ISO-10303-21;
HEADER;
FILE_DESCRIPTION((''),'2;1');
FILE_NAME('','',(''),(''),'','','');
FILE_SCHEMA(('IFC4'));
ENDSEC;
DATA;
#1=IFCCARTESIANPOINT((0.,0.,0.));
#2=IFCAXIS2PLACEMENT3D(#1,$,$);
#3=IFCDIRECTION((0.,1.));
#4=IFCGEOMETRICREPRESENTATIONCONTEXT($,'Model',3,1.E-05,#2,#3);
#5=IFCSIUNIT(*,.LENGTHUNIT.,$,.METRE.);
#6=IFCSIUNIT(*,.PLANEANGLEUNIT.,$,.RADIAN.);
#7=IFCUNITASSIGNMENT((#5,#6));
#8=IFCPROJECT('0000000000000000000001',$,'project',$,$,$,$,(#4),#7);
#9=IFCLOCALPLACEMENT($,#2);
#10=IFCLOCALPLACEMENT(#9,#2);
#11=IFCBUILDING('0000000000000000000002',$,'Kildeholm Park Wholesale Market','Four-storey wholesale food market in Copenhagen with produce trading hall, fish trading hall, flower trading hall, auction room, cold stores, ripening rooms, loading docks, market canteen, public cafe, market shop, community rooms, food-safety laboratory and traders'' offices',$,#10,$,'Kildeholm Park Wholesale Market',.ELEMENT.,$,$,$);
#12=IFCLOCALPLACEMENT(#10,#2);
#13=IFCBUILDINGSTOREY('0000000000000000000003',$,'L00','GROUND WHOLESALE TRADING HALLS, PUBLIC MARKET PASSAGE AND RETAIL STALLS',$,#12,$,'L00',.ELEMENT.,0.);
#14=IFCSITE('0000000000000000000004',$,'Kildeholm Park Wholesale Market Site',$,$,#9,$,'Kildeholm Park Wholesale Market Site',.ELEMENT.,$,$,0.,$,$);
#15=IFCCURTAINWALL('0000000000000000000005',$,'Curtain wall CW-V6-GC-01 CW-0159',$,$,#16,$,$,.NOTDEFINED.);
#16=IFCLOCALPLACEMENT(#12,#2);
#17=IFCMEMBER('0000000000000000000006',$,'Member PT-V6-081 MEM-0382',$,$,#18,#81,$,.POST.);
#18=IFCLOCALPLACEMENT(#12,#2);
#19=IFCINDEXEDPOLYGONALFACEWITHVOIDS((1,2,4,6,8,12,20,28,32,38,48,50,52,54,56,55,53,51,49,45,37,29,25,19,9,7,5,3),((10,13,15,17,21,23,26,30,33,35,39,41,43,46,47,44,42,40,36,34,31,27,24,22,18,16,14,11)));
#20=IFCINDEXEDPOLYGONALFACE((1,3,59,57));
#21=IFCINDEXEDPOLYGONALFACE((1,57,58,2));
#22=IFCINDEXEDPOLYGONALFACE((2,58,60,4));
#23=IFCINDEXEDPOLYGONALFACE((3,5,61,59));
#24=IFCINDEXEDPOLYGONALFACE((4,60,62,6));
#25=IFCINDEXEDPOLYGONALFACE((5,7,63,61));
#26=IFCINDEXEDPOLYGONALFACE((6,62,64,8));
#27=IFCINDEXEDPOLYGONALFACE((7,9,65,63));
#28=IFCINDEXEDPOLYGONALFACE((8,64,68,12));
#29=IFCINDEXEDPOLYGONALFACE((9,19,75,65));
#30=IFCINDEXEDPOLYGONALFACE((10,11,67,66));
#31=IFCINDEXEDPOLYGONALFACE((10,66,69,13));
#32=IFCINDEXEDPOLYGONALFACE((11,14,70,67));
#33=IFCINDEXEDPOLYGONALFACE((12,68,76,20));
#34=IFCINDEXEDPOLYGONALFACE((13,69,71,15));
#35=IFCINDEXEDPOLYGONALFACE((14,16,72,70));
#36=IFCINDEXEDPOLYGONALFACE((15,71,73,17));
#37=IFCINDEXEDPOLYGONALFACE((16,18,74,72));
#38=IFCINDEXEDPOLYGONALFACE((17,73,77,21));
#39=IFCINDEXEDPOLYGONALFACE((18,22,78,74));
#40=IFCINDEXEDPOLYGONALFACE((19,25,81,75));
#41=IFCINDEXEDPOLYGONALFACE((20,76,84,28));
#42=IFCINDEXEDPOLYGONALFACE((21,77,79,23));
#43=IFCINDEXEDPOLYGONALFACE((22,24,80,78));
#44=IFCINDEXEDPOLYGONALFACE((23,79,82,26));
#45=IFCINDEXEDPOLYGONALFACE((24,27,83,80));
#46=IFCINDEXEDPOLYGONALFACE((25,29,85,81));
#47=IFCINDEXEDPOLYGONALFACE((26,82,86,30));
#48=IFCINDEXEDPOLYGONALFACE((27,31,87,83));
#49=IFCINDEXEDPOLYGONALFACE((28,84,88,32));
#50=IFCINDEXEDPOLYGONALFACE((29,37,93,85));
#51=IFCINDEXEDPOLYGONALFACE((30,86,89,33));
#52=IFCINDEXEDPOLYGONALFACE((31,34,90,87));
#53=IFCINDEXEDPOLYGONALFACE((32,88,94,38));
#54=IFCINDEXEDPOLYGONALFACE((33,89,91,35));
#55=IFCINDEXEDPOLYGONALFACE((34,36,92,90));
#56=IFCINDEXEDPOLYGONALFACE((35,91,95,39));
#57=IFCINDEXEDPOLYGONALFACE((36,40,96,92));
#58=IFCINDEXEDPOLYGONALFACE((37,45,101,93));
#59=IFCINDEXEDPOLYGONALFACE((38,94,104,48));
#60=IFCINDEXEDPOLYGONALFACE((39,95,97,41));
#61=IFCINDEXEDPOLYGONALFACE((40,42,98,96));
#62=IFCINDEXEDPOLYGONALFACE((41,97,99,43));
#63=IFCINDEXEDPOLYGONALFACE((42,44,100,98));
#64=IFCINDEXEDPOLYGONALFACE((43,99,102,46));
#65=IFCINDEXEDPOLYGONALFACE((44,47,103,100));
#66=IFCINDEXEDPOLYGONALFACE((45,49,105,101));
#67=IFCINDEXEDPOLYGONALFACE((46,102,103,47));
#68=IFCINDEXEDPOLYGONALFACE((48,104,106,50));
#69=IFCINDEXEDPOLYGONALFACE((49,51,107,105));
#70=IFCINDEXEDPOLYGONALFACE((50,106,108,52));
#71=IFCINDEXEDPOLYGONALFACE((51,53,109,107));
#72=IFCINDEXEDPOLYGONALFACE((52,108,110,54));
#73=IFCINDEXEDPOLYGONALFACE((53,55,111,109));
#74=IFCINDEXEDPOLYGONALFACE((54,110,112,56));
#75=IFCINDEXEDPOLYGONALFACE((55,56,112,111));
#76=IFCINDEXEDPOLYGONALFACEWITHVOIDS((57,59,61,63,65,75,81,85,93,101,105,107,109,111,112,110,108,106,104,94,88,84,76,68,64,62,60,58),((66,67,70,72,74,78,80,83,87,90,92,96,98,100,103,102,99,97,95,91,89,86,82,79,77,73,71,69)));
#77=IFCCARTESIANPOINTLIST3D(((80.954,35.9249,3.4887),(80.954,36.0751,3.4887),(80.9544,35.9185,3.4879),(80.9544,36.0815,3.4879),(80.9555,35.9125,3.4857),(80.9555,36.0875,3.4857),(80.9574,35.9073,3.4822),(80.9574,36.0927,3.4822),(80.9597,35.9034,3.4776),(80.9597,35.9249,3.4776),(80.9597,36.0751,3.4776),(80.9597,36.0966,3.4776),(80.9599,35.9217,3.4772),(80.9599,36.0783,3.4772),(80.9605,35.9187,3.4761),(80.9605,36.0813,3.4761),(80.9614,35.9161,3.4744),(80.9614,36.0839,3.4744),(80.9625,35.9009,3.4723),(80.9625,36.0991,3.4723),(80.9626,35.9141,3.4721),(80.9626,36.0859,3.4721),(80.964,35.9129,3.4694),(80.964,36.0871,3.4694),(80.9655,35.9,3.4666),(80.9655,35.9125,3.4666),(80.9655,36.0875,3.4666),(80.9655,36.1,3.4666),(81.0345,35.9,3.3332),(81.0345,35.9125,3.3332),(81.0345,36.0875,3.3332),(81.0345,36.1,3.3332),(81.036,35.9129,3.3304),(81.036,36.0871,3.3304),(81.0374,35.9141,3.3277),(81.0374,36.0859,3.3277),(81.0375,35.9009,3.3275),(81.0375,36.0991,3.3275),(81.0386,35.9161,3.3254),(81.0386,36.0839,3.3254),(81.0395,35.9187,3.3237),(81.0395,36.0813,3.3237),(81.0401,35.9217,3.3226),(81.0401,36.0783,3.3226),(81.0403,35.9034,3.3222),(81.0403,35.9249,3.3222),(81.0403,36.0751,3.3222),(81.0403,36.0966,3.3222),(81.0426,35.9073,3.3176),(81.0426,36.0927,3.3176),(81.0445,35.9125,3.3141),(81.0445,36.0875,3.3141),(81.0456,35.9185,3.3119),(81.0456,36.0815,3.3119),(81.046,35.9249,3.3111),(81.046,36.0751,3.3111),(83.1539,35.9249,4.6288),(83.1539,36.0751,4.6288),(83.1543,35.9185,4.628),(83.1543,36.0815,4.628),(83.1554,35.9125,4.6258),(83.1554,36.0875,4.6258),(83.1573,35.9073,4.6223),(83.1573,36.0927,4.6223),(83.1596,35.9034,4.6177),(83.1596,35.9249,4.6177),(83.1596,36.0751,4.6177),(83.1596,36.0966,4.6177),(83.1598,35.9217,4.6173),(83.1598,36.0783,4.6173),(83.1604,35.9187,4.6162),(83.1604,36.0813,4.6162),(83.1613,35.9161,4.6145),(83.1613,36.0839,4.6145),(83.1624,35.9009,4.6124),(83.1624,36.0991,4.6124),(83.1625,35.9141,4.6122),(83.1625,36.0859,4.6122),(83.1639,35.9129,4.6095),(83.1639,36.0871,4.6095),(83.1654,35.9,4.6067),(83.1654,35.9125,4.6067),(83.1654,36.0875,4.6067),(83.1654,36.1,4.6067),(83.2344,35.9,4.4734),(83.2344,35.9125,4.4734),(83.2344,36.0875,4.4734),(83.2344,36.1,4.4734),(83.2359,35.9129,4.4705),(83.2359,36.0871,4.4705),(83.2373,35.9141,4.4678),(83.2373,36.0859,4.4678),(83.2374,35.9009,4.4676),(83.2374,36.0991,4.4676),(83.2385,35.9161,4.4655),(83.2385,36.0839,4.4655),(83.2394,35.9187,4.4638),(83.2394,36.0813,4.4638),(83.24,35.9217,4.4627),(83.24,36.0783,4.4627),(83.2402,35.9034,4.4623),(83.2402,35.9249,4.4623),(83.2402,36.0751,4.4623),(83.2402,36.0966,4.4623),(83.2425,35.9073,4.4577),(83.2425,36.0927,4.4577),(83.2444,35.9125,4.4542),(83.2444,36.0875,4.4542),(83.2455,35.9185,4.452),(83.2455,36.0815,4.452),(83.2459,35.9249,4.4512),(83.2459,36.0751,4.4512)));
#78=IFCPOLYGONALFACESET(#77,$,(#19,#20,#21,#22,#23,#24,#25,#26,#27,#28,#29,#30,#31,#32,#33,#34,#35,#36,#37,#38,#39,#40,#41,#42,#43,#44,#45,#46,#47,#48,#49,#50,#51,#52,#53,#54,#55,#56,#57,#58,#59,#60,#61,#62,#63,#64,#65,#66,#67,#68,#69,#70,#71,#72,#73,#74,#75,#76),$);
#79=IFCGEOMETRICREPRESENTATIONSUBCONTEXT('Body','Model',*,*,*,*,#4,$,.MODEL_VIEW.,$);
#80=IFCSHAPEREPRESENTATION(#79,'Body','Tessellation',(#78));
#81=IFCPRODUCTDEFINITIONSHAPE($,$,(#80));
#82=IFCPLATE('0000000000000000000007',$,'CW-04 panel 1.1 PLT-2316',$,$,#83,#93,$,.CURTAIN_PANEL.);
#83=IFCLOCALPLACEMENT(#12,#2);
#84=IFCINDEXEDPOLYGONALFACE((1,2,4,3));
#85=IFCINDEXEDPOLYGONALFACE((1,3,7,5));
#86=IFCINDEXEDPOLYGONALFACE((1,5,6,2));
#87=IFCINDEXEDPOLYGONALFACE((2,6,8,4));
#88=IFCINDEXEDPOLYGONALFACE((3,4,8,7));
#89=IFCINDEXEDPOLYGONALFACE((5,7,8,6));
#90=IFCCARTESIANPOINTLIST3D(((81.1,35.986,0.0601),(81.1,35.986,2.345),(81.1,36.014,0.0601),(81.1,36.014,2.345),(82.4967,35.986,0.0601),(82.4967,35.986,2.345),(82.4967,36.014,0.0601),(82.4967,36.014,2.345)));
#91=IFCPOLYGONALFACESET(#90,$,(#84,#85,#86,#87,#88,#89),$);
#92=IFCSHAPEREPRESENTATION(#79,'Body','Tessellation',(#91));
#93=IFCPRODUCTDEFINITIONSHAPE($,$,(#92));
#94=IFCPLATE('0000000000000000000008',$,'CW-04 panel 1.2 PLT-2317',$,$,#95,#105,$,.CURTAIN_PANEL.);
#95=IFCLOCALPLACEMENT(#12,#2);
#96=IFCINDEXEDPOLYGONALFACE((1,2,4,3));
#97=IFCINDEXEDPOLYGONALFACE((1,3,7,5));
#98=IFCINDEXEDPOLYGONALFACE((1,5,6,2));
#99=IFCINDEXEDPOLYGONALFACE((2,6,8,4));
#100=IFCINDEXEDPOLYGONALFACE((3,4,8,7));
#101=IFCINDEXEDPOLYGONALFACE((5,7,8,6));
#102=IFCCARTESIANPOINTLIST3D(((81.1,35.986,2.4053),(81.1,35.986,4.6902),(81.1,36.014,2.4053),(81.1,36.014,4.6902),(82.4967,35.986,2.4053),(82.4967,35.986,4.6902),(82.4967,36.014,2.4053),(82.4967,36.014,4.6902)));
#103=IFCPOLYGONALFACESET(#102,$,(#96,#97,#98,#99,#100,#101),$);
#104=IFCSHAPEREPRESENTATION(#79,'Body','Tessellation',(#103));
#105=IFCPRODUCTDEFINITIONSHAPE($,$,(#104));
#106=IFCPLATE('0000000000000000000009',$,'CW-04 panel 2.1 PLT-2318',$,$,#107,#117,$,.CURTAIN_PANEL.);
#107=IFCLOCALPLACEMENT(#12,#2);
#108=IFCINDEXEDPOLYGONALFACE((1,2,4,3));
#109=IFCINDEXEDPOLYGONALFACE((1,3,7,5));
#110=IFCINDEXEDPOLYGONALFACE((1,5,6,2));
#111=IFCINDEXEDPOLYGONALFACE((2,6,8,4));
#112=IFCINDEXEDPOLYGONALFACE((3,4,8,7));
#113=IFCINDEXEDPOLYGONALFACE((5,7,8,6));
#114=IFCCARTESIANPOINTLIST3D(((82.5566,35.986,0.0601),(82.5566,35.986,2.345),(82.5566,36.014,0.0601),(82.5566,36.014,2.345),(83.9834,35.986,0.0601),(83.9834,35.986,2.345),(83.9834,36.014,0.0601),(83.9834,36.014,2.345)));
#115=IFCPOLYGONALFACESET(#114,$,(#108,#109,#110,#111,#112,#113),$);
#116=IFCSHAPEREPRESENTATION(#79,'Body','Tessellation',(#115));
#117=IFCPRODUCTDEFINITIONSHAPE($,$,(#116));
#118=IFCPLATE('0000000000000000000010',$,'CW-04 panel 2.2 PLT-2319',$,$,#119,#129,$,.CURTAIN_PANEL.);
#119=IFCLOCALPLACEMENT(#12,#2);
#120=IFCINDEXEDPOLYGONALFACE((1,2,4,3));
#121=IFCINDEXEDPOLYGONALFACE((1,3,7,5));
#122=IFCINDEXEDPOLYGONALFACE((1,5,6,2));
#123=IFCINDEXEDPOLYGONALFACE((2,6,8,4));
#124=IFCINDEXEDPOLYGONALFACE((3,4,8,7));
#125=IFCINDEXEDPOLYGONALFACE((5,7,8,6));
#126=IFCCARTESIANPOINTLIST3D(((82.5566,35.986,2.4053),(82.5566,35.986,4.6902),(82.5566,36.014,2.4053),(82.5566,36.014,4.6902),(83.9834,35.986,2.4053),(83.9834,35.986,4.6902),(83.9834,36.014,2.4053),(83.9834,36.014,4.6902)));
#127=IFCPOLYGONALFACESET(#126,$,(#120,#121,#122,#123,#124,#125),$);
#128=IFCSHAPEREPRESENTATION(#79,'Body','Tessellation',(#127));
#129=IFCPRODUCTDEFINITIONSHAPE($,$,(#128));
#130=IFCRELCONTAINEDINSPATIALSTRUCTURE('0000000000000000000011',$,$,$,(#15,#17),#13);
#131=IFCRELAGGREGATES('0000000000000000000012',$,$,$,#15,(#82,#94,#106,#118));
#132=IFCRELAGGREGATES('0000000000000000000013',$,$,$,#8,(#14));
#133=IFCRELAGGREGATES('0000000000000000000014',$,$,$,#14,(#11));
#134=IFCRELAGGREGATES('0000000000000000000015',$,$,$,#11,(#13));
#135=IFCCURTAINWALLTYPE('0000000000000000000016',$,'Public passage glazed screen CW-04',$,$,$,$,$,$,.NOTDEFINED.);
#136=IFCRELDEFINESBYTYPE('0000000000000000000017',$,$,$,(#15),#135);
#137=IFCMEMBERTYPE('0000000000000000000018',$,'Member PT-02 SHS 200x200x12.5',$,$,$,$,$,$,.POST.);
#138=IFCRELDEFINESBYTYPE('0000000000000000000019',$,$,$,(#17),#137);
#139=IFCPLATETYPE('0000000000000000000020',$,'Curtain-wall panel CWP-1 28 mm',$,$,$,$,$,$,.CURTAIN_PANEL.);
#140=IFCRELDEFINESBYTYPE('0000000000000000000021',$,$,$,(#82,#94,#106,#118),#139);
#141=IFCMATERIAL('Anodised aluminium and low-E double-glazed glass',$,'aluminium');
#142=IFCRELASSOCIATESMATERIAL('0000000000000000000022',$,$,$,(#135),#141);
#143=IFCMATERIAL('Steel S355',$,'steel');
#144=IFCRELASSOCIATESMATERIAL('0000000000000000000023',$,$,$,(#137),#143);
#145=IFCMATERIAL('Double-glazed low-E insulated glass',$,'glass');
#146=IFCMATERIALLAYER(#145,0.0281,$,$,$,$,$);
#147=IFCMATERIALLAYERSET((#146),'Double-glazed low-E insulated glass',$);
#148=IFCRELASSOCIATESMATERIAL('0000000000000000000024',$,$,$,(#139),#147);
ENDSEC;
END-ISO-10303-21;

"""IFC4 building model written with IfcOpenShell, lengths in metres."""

from ifc_helpers import new_model, si_unit, direction, frame, origin, origin_2d, place, context, subcontext, project, spatial, rectangle, hollow_rectangle, extrude, material, layer, layer_set, material_profile, profile_set, type_object, element, aggregate, save


model = new_model("IFC4")

# Units and contexts
model_context = context("Model", 3, precision=1e-05, world=origin(), true_north=direction((0.0, 1.0)))
body_context = subcontext(model_context, "Body", "Model", "MODEL_VIEW")
ifc_project = project(units=[si_unit("LENGTHUNIT", "METRE"), si_unit("PLANEANGLEUNIT", "RADIAN")], contexts=[model_context])

# Site, building, storey
site_placement = place(None, origin())
site = spatial("IfcSite", under=ifc_project, at=site_placement, Name="Kildeholm Park Wholesale Market Site", LongName="Kildeholm Park Wholesale Market Site", CompositionType="ELEMENT", RefElevation=0.0)
building_placement = place(site_placement, origin())
building = spatial("IfcBuilding", under=site, at=building_placement, Name="Kildeholm Park Wholesale Market", Description="Four-storey wholesale food market in Copenhagen with produce trading hall, fish trading hall, flower trading hall, auction room, cold stores, ripening rooms, loading docks, market canteen, public cafe, market shop, community rooms, food-safety laboratory and traders' offices", LongName="Kildeholm Park Wholesale Market", CompositionType="ELEMENT")
storey_placement = place(building_placement, origin())
storey = spatial("IfcBuildingStorey", under=building, at=storey_placement, Name="L00", Description="GROUND WHOLESALE TRADING HALLS, PUBLIC MARKET PASSAGE AND RETAIL STALLS", LongName="L00", CompositionType="ELEMENT", Elevation=0.0)

# Shared definitions
ifc_material_1 = material(Name="Steel S355", Category="steel")

# Curtain wall
ifc_material_2 = material(Name="Anodised aluminium and low-E double-glazed glass", Category="aluminium")
curtain_wall_type = type_object("IfcCurtainWallType", Name="Public passage glazed screen CW-04", PredefinedType="NOTDEFINED", material=ifc_material_2)
curtain_wall_placement = place(storey_placement, origin())
curtain_wall = element("IfcCurtainWall", 1, at=curtain_wall_placement, inside=storey, type_object=curtain_wall_type, Name="Curtain wall CW-V6-GC-01 CW-0159", PredefinedType="NOTDEFINED")

# Member
ifc_material_profile_1 = material_profile(ifc_material_1, hollow_rectangle(XDim=0.2, YDim=0.2, WallThickness=0.0125, InnerFilletRadius=0.0125, OuterFilletRadius=0.0249, at=origin_2d()), Name="SHS 200x200x12.5")
ifc_profile_set_1 = profile_set([ifc_material_profile_1], Name="Steel S355")
member_type_1 = type_object("IfcMemberType", Name="Member PT-02 SHS 200x200x12.5", PredefinedType="POST", material=ifc_profile_set_1)
for number, where, z_axis, x_axis, name in (
    (2, (81.0, 36.0, 3.3999), (0.88785, 0.0, 0.460133), (0.0, 1.0, 0.0), "Member PT-V6-081 MEM-0382"),
):
    element("IfcMember", number, at=place(storey_placement, frame(where, z_axis=z_axis, x_axis=x_axis)), inside=storey, type_object=member_type_1, Name=name, PredefinedType="POST", context=body_context, shape_type="SweptSolid", body=[
        extrude(hollow_rectangle(XDim=0.2, YDim=0.2, WallThickness=0.0125, InnerFilletRadius=0.0125, OuterFilletRadius=0.0249, at=origin_2d()), origin(), (0.0, 0.0, 1.0), 2.4778),
    ])

# Plates
ifc_material_3 = material(Name="Double-glazed low-E insulated glass", Category="glass")
ifc_layer = layer(ifc_material_3, 0.0281)
ifc_layer_set = layer_set([ifc_layer], Name="Double-glazed low-E insulated glass")
plate_type = type_object("IfcPlateType", Name="Curtain-wall panel CWP-1 28 mm", PredefinedType="CURTAIN_PANEL", material=ifc_layer_set)
plate_1_placement = place(storey_placement, frame((81.7983, 36.0, 0.0601), z_axis=(0.0, 0.0, 1.0), x_axis=(1.0, 0.0, 0.0)))
plate_1 = element("IfcPlate", 3, at=plate_1_placement, type_object=plate_type, Name="CW-04 panel 1.1 PLT-2316", PredefinedType="CURTAIN_PANEL", context=body_context, shape_type="SweptSolid", body=[
    extrude(rectangle(XDim=1.3967, YDim=0.0281, at=origin_2d()), origin(), (0.0, 0.0, 1.0), 2.2849),
])
plate_2_placement = place(storey_placement, frame((81.7983, 36.0, 2.4053), z_axis=(0.0, 0.0, 1.0), x_axis=(1.0, 0.0, 0.0)))
plate_2 = element("IfcPlate", 4, at=plate_2_placement, type_object=plate_type, Name="CW-04 panel 1.2 PLT-2317", PredefinedType="CURTAIN_PANEL", context=body_context, shape_type="SweptSolid", body=[
    extrude(rectangle(XDim=1.3967, YDim=0.0281, at=origin_2d()), origin(), (0.0, 0.0, 1.0), 2.2849),
])
plate_3_placement = place(storey_placement, frame((83.27, 36.0, 0.0601), z_axis=(0.0, 0.0, 1.0), x_axis=(1.0, 0.0, 0.0)))
plate_3 = element("IfcPlate", 5, at=plate_3_placement, type_object=plate_type, Name="CW-04 panel 2.1 PLT-2318", PredefinedType="CURTAIN_PANEL", context=body_context, shape_type="SweptSolid", body=[
    extrude(rectangle(XDim=1.4268, YDim=0.0281, at=origin_2d()), origin(), (0.0, 0.0, 1.0), 2.2849),
])
plate_4_placement = place(storey_placement, frame((83.27, 36.0, 2.4053), z_axis=(0.0, 0.0, 1.0), x_axis=(1.0, 0.0, 0.0)))
plate_4 = element("IfcPlate", 6, at=plate_4_placement, type_object=plate_type, Name="CW-04 panel 2.2 PLT-2319", PredefinedType="CURTAIN_PANEL", context=body_context, shape_type="SweptSolid", body=[
    extrude(rectangle(XDim=1.4268, YDim=0.0281, at=origin_2d()), origin(), (0.0, 0.0, 1.0), 2.2849),
])
aggregate(curtain_wall, [plate_1, plate_2, plate_3, plate_4])

save(model, "model.ifc")
